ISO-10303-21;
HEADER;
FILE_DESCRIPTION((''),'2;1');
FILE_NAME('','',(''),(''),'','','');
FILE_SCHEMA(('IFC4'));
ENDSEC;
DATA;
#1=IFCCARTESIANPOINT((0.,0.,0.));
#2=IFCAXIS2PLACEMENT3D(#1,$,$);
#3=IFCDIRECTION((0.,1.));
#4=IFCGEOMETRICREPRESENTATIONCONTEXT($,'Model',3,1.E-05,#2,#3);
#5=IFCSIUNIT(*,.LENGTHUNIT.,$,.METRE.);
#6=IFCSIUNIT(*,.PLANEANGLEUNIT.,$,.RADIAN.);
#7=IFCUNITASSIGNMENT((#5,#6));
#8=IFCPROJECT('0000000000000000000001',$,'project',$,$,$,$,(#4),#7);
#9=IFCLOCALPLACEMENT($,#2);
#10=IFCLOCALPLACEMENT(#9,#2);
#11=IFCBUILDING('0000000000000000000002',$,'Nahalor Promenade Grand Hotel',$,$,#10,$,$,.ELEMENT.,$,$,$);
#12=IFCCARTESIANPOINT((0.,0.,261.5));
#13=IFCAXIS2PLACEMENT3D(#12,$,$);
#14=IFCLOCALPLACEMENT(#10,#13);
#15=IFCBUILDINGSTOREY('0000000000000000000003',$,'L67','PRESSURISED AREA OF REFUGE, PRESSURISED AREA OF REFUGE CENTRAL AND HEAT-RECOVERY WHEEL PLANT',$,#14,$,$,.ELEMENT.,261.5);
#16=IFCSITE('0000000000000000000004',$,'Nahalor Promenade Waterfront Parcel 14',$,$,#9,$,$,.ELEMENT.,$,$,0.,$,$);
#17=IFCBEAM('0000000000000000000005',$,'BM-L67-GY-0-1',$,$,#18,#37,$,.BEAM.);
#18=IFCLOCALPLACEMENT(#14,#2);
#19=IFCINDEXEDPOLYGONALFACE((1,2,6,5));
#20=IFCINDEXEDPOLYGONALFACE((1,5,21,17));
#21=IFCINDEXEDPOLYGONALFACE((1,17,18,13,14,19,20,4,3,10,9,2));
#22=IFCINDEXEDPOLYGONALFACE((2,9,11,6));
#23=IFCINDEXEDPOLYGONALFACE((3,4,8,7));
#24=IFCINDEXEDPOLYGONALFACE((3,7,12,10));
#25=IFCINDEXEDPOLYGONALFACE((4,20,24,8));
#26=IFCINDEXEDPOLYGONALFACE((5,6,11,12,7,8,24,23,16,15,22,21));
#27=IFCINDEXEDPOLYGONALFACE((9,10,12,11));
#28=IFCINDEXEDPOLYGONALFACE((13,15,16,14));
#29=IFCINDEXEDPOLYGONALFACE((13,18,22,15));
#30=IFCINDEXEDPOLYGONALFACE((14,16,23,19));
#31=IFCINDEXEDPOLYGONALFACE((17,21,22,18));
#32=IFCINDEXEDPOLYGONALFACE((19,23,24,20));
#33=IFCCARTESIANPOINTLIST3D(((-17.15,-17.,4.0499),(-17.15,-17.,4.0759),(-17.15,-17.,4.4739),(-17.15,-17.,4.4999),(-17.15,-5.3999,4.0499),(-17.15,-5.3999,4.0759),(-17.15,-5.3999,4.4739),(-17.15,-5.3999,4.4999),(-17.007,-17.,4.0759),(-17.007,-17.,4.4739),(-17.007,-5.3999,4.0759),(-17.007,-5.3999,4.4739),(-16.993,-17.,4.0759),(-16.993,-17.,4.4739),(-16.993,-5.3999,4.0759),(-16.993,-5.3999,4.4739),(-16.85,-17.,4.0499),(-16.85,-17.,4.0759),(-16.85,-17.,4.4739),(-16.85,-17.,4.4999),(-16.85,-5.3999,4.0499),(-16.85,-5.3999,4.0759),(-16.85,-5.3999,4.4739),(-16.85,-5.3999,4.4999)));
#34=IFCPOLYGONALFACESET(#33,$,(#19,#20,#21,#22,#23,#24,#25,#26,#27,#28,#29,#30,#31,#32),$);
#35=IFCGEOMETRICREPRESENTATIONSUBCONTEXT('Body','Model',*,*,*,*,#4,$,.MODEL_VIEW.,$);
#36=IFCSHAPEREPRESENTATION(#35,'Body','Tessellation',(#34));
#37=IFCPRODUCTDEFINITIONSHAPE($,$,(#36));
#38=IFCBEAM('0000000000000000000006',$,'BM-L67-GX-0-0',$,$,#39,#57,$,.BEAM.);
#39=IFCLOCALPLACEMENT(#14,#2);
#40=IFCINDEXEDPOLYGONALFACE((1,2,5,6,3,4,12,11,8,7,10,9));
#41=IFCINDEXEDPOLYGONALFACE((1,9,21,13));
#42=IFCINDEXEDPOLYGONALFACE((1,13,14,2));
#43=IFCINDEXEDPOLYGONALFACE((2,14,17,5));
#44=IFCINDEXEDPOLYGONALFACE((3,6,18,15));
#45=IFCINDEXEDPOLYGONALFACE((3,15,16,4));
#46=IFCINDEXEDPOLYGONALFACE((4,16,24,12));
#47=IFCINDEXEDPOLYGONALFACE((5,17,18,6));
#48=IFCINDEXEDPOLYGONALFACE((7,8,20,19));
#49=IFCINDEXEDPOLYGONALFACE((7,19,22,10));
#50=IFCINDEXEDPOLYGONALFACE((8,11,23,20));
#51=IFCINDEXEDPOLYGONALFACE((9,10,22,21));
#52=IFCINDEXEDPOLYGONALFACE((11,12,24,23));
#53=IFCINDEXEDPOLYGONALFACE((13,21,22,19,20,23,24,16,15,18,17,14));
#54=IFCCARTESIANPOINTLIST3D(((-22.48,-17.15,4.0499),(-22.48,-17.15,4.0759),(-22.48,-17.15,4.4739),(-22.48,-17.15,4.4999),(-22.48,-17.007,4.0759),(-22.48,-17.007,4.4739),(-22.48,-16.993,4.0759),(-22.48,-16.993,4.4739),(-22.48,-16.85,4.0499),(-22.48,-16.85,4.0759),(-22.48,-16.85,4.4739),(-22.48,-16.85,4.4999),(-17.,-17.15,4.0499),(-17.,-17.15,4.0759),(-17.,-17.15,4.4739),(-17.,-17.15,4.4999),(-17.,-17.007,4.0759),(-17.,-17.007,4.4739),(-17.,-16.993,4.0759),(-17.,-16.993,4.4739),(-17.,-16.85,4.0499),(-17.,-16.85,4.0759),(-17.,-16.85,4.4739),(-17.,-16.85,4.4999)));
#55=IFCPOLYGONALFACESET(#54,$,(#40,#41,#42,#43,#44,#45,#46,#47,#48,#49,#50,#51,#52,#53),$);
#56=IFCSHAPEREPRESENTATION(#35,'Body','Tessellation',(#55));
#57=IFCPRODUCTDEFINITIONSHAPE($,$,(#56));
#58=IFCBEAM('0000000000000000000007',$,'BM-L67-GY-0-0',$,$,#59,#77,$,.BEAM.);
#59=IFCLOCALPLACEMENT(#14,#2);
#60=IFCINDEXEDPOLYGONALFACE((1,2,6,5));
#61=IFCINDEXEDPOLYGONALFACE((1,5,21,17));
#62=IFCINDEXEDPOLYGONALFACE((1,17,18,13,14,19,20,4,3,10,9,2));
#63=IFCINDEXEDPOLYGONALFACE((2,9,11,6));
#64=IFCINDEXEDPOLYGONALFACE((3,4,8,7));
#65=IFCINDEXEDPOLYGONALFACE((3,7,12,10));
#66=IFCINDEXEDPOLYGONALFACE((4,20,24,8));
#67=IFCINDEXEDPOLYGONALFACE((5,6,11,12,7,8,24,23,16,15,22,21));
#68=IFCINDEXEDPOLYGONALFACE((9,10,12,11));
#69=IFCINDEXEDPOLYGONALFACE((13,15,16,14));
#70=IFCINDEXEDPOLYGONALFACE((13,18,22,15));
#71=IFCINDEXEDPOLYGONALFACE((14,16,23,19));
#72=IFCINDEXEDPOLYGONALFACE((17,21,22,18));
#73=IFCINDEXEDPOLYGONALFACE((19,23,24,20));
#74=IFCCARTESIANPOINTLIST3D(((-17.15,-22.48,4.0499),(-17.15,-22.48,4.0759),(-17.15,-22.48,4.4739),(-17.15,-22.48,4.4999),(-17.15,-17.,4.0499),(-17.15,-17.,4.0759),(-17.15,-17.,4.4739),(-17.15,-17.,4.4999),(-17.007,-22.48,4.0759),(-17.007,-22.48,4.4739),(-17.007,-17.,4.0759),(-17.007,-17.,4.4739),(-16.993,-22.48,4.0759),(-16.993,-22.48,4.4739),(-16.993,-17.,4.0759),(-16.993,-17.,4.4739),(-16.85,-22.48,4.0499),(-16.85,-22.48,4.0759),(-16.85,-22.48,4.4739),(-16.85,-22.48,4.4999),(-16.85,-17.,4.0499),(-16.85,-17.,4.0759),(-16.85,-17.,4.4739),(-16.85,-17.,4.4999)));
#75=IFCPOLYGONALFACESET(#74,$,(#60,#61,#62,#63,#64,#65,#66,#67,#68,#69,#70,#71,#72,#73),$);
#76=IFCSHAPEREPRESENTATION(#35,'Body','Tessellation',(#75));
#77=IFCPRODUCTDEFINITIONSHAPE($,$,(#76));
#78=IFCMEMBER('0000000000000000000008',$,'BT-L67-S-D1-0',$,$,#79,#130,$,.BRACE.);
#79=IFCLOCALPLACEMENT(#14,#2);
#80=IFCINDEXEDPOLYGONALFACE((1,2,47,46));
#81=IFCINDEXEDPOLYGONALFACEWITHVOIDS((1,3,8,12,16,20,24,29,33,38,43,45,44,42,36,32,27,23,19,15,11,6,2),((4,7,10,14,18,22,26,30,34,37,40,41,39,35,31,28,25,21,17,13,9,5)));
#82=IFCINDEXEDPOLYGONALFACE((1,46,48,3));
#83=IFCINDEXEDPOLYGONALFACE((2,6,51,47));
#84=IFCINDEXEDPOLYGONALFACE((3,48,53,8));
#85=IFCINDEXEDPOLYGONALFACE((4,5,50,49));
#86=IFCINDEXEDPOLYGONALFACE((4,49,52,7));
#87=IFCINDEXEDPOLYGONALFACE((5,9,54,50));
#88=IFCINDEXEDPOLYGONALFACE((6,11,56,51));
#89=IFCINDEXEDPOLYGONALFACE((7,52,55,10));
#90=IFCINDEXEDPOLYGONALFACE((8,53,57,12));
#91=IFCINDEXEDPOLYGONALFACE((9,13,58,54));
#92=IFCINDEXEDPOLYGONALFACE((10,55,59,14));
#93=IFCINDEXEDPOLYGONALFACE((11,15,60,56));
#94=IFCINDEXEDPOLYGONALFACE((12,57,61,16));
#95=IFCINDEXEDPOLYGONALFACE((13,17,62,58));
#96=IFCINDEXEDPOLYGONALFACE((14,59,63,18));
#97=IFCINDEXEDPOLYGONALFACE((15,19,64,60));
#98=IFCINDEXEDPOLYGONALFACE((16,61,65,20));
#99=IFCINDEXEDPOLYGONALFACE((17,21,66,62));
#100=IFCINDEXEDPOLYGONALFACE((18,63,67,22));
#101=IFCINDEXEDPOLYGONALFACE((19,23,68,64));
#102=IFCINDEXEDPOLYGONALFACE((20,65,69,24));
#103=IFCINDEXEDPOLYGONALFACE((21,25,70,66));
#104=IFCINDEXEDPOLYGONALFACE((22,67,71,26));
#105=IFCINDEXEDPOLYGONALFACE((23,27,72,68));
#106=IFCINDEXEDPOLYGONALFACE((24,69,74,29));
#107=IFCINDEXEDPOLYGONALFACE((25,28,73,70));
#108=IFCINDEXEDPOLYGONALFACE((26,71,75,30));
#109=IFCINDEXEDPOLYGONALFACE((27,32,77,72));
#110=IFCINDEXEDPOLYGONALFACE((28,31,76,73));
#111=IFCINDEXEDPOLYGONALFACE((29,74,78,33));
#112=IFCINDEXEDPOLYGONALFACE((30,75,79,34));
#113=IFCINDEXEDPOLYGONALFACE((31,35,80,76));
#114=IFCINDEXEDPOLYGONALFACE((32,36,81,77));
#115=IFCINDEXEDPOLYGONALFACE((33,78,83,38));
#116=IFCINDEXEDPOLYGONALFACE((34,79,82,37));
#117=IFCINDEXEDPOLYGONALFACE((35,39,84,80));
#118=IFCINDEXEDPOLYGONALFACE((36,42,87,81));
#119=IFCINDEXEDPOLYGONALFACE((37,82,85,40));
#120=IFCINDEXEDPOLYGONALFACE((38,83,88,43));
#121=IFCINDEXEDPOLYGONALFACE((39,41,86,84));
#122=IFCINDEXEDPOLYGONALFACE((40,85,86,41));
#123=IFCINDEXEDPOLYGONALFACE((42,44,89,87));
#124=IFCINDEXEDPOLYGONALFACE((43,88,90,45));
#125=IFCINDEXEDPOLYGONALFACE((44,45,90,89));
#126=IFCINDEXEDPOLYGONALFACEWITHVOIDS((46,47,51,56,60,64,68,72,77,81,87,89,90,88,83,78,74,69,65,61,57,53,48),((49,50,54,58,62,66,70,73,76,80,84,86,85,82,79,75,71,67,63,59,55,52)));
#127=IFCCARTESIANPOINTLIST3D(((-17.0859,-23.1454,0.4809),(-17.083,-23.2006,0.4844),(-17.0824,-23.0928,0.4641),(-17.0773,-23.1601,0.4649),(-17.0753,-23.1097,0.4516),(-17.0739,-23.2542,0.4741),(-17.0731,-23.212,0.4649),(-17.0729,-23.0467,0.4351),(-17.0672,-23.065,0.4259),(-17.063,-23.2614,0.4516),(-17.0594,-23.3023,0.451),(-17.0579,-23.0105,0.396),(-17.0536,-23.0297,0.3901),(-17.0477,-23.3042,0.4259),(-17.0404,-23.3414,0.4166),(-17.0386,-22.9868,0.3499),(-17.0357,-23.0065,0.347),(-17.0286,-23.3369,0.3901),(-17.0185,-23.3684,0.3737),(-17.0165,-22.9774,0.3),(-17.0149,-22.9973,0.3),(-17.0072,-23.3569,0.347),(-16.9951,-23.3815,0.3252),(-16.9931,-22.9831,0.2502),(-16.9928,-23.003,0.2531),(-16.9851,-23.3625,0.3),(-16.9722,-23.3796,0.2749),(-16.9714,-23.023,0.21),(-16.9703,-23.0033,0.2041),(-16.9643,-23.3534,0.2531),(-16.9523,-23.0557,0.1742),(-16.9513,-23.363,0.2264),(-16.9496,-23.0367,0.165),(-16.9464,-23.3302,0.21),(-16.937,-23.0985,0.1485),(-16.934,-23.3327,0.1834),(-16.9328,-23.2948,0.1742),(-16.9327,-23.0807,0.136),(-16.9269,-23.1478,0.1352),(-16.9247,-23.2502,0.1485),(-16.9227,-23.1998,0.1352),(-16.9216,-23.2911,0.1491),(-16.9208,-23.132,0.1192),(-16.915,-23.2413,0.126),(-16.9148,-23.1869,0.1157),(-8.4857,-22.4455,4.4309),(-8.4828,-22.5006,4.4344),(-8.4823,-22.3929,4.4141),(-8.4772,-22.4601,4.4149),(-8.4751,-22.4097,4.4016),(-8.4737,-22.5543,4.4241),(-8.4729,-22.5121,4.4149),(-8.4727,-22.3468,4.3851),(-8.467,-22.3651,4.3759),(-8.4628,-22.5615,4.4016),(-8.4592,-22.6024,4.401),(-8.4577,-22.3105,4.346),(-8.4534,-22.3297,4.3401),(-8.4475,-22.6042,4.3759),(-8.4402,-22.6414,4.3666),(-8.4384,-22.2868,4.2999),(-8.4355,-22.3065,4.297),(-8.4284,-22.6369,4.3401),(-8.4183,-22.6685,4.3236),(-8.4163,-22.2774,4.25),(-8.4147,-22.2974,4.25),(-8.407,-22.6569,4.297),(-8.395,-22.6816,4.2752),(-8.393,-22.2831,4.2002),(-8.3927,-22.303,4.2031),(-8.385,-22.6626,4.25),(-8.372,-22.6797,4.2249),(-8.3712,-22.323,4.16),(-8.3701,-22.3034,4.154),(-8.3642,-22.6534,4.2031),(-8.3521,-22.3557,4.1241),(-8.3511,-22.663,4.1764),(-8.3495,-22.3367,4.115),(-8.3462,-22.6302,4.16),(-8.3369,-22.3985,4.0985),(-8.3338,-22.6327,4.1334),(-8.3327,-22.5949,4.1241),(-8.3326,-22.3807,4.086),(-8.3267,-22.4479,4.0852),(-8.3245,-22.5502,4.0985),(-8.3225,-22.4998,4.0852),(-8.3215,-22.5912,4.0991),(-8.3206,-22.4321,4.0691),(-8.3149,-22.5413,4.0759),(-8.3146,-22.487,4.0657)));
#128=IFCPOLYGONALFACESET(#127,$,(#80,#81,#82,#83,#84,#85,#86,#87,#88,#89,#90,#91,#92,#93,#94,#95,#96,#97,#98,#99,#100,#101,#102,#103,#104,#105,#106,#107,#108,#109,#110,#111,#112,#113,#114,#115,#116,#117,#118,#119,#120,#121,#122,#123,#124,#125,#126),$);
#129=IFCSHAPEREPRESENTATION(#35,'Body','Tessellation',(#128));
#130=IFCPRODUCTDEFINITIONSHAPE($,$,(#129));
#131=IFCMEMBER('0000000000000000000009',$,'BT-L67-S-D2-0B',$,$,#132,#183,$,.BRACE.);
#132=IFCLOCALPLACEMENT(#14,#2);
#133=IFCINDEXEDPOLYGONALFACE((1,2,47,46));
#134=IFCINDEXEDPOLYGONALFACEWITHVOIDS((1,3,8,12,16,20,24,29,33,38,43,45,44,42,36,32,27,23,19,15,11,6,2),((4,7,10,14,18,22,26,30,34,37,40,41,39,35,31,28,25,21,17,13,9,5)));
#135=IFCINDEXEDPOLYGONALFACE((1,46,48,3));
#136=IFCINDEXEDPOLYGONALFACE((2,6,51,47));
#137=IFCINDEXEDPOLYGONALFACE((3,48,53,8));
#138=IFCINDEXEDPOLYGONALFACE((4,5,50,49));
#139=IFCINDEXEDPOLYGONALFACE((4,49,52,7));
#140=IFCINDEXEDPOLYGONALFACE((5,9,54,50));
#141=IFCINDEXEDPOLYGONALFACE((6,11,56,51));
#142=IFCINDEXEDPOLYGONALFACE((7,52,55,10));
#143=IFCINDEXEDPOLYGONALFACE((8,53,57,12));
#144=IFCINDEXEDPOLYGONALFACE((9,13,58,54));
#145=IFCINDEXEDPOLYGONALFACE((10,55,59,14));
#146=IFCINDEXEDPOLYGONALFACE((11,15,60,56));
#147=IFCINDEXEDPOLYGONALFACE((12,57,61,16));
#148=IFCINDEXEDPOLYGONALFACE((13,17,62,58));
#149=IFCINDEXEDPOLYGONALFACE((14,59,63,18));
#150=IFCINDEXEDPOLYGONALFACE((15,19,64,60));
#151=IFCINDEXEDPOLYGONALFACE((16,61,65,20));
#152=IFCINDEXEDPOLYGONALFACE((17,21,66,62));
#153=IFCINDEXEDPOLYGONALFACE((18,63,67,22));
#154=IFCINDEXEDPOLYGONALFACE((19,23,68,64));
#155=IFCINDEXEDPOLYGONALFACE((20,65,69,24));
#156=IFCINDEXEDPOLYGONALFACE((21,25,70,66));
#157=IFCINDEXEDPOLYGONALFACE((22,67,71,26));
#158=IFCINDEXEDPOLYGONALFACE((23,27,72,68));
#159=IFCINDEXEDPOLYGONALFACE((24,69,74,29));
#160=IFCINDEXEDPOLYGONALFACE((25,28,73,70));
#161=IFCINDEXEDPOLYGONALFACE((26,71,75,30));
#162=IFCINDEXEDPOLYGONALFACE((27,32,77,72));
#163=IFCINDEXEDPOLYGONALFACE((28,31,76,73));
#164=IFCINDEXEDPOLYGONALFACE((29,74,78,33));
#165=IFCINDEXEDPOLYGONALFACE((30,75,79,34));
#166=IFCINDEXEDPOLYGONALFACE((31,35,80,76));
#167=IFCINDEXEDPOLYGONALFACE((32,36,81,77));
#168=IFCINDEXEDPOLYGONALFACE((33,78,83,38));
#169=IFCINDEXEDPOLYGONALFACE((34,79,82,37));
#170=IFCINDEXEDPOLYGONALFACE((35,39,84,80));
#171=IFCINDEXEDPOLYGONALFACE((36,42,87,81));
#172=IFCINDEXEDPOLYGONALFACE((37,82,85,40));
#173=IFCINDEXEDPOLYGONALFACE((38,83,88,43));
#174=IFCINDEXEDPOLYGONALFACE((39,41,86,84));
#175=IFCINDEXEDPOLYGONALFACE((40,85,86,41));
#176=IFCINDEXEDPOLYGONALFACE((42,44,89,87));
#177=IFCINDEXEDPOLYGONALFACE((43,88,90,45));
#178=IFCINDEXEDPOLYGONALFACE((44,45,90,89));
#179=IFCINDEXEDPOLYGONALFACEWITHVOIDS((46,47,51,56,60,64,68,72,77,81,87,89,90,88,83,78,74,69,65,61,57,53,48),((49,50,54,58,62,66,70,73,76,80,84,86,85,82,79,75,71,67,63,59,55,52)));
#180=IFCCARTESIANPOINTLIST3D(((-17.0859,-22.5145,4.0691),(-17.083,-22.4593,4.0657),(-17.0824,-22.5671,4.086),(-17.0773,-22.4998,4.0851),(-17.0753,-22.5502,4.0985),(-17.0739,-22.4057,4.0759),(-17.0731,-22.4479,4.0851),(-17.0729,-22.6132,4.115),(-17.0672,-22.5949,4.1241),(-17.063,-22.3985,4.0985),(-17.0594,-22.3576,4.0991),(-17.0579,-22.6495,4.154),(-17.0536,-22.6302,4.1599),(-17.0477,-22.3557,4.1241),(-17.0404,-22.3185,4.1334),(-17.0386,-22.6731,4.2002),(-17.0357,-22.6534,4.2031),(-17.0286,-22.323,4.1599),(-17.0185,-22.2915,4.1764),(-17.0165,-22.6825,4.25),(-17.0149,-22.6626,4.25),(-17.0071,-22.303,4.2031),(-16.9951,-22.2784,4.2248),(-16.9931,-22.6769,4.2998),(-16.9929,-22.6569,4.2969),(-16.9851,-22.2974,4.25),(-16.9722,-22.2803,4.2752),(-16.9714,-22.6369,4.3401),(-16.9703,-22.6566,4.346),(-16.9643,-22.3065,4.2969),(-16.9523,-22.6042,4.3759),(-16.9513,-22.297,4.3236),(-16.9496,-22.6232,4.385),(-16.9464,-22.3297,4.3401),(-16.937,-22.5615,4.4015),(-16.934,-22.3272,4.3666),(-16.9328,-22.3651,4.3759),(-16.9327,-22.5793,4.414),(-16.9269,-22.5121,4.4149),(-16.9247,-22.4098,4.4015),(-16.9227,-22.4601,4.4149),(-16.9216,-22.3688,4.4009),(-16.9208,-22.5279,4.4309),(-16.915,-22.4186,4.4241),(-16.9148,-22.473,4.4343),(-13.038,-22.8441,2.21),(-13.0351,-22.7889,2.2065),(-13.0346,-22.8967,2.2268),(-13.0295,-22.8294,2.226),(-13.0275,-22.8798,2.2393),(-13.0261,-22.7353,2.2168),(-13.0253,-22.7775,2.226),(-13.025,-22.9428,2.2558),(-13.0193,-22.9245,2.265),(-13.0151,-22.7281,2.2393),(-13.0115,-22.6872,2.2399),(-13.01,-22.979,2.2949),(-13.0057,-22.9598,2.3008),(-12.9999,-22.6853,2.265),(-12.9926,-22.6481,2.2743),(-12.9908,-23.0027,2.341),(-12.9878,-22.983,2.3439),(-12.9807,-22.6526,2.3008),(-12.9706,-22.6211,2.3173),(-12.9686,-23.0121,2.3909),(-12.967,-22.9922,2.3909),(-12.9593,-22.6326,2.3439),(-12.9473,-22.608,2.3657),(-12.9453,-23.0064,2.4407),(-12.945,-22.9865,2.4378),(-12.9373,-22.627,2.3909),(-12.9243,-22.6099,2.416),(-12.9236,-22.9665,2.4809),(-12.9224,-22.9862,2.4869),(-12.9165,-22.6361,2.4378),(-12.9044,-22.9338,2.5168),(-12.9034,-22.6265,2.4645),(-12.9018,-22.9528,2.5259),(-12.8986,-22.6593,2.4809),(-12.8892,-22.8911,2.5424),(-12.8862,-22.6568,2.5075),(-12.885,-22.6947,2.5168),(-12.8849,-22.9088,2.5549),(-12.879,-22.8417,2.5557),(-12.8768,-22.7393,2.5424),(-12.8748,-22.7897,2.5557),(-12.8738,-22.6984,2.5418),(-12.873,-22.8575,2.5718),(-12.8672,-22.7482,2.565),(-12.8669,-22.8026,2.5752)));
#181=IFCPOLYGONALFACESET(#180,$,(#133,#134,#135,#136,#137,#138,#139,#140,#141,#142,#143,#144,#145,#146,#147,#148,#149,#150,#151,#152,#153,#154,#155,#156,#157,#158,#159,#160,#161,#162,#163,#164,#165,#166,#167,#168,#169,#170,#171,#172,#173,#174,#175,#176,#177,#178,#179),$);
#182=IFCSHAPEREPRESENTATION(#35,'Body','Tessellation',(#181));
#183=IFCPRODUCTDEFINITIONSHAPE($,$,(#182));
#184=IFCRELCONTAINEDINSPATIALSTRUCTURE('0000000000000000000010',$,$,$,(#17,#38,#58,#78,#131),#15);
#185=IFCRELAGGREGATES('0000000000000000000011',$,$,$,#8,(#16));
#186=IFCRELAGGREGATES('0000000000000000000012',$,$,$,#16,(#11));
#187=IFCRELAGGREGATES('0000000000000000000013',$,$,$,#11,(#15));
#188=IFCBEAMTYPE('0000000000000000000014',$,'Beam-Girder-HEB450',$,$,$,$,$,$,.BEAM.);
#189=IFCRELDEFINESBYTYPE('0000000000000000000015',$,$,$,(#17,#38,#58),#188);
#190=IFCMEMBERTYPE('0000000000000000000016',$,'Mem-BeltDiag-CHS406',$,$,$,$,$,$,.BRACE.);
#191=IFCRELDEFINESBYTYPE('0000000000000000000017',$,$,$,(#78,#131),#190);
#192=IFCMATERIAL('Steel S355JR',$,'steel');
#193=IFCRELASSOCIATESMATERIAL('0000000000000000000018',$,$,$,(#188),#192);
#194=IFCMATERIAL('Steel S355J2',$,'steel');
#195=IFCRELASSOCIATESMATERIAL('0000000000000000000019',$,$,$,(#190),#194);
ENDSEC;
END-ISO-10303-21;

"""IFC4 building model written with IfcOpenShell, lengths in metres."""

from ifc_helpers import new_model, si_unit, direction, frame, origin, origin_2d, place, context, subcontext, project, spatial, hollow_circle, i_section, extrude, source, transform, mapped, material, material_profile, profile_set, type_object, element, save


model = new_model("IFC4")

# Units and contexts
model_context = context("Model", 3, precision=1e-05, world=origin(), true_north=direction((0.0, 1.0)))
body_context = subcontext(model_context, "Body", "Model", "MODEL_VIEW")
ifc_project = project(units=[si_unit("LENGTHUNIT", "METRE"), si_unit("PLANEANGLEUNIT", "RADIAN")], contexts=[model_context])

# Site, building, storey
site_placement = place(None, origin())
site = spatial("IfcSite", under=ifc_project, at=site_placement, Name="Nahalor Promenade Waterfront Parcel 14", CompositionType="ELEMENT", RefElevation=0.0)
building_placement = place(site_placement, origin())
building = spatial("IfcBuilding", under=site, at=building_placement, Name="Nahalor Promenade Grand Hotel", CompositionType="ELEMENT")
storey_placement = place(building_placement, frame((0.0, 0.0, 261.5)))
storey = spatial("IfcBuildingStorey", under=building, at=storey_placement, Name="L67", Description="PRESSURISED AREA OF REFUGE, PRESSURISED AREA OF REFUGE CENTRAL AND HEAT-RECOVERY WHEEL PLANT", CompositionType="ELEMENT", Elevation=261.5)

# Shared definitions
ifc_material_1 = material(Name="Steel S355JR", Category="steel")

# Beams
ifc_material_profile_1 = material_profile(ifc_material_1, i_section(OverallWidth=0.3, OverallDepth=0.45, WebThickness=0.014, FlangeThickness=0.026, at=origin_2d()), Name="HEB 450")
ifc_profile_set_1 = profile_set([ifc_material_profile_1], Name="Steel S355JR")
beam_type_1 = type_object("IfcBeamType", Name="Beam-Girder-HEB450", PredefinedType="BEAM", material=ifc_profile_set_1)
shared_shape_1 = source(origin(), body_context, "Body", "SweptSolid", [
    extrude(i_section(OverallWidth=0.3, OverallDepth=0.45, WebThickness=0.014, FlangeThickness=0.026, at=origin_2d()), origin(), (0.0, 0.0, 1.0), 11.6001),
])
beam_1_placement = place(storey_placement, frame((-17.0, -17.0, 4.2749), z_axis=(0.0, 1.0, 0.0), x_axis=(-1.0, 0.0, 0.0)))
element("IfcBeam", 1, at=beam_1_placement, inside=storey, type_object=beam_type_1, Name="BM-L67-GY-0-1", PredefinedType="BEAM", context=body_context, shape_type="MappedRepresentation", body=[
    mapped(shared_shape_1, transform((0.0, 0.0, 0.0), scale=1.0)),
])
shared_shape_2 = source(origin(), body_context, "Body", "SweptSolid", [
    extrude(i_section(OverallWidth=0.3, OverallDepth=0.45, WebThickness=0.014, FlangeThickness=0.026, at=origin_2d()), origin(), (0.0, 0.0, 1.0), 5.48),
])
for number, where, z_axis, x_axis, name in (
    (2, (-22.48, -17.0, 4.2749), (1.0, 0.0, 0.0), (0.0, 1.0, 0.0), "BM-L67-GX-0-0"),
    (3, (-17.0, -22.48, 4.2749), (0.0, 1.0, 0.0), (-1.0, 0.0, 0.0), "BM-L67-GY-0-0"),
):
    element("IfcBeam", number, at=place(storey_placement, frame(where, z_axis=z_axis, x_axis=x_axis)), inside=storey, type_object=beam_type_1, Name=name, PredefinedType="BEAM", context=body_context, shape_type="MappedRepresentation", body=[
        mapped(shared_shape_2, transform((0.0, 0.0, 0.0), scale=1.0)),
    ])

# Members
ifc_material_2 = material(Name="Steel S355J2", Category="steel")
ifc_material_profile_2 = material_profile(ifc_material_2, hollow_circle(Radius=0.2032, WallThickness=0.02, at=origin_2d()), Name="CHS 406.4x20")
ifc_profile_set_2 = profile_set([ifc_material_profile_2], Name="Steel S355J2")
member_type = type_object("IfcMemberType", Name="Mem-BeltDiag-CHS406", PredefinedType="BRACE", material=ifc_profile_set_2)
shared_shape_3 = source(origin(), body_context, "Body", "SweptSolid", [
    extrude(hollow_circle(Radius=0.2032, WallThickness=0.02, at=origin_2d()), origin(), (0.0, 0.0, 1.0), 9.4897),
])
member_1_placement = place(storey_placement, frame((-17.0, -23.1799, 0.3), z_axis=(0.906259, 0.073759, 0.416237), x_axis=(-0.081121, 0.996704, 0.0)))
element("IfcMember", 4, at=member_1_placement, inside=storey, type_object=member_type, Name="BT-L67-S-D1-0", PredefinedType="BRACE", context=body_context, shape_type="MappedRepresentation", body=[
    mapped(shared_shape_3, transform((0.0, 0.0, 0.0), scale=1.0)),
])
shared_shape_4 = source(origin(), body_context, "Body", "SweptSolid", [
    extrude(hollow_circle(Radius=0.2032, WallThickness=0.02, at=origin_2d()), origin(), (0.0, 0.0, 1.0), 4.4666),
])
member_2_placement = place(storey_placement, frame((-12.9521, -22.8096, 2.3909), z_axis=(-0.906258, 0.073791, 0.416234), x_axis=(-0.081155, -0.996702, 0.0)))
element("IfcMember", 5, at=member_2_placement, inside=storey, type_object=member_type, Name="BT-L67-S-D2-0B", PredefinedType="BRACE", context=body_context, shape_type="MappedRepresentation", body=[
    mapped(shared_shape_4, transform((0.0, 0.0, 0.0), scale=1.0)),
])

save(model, "model.ifc")
